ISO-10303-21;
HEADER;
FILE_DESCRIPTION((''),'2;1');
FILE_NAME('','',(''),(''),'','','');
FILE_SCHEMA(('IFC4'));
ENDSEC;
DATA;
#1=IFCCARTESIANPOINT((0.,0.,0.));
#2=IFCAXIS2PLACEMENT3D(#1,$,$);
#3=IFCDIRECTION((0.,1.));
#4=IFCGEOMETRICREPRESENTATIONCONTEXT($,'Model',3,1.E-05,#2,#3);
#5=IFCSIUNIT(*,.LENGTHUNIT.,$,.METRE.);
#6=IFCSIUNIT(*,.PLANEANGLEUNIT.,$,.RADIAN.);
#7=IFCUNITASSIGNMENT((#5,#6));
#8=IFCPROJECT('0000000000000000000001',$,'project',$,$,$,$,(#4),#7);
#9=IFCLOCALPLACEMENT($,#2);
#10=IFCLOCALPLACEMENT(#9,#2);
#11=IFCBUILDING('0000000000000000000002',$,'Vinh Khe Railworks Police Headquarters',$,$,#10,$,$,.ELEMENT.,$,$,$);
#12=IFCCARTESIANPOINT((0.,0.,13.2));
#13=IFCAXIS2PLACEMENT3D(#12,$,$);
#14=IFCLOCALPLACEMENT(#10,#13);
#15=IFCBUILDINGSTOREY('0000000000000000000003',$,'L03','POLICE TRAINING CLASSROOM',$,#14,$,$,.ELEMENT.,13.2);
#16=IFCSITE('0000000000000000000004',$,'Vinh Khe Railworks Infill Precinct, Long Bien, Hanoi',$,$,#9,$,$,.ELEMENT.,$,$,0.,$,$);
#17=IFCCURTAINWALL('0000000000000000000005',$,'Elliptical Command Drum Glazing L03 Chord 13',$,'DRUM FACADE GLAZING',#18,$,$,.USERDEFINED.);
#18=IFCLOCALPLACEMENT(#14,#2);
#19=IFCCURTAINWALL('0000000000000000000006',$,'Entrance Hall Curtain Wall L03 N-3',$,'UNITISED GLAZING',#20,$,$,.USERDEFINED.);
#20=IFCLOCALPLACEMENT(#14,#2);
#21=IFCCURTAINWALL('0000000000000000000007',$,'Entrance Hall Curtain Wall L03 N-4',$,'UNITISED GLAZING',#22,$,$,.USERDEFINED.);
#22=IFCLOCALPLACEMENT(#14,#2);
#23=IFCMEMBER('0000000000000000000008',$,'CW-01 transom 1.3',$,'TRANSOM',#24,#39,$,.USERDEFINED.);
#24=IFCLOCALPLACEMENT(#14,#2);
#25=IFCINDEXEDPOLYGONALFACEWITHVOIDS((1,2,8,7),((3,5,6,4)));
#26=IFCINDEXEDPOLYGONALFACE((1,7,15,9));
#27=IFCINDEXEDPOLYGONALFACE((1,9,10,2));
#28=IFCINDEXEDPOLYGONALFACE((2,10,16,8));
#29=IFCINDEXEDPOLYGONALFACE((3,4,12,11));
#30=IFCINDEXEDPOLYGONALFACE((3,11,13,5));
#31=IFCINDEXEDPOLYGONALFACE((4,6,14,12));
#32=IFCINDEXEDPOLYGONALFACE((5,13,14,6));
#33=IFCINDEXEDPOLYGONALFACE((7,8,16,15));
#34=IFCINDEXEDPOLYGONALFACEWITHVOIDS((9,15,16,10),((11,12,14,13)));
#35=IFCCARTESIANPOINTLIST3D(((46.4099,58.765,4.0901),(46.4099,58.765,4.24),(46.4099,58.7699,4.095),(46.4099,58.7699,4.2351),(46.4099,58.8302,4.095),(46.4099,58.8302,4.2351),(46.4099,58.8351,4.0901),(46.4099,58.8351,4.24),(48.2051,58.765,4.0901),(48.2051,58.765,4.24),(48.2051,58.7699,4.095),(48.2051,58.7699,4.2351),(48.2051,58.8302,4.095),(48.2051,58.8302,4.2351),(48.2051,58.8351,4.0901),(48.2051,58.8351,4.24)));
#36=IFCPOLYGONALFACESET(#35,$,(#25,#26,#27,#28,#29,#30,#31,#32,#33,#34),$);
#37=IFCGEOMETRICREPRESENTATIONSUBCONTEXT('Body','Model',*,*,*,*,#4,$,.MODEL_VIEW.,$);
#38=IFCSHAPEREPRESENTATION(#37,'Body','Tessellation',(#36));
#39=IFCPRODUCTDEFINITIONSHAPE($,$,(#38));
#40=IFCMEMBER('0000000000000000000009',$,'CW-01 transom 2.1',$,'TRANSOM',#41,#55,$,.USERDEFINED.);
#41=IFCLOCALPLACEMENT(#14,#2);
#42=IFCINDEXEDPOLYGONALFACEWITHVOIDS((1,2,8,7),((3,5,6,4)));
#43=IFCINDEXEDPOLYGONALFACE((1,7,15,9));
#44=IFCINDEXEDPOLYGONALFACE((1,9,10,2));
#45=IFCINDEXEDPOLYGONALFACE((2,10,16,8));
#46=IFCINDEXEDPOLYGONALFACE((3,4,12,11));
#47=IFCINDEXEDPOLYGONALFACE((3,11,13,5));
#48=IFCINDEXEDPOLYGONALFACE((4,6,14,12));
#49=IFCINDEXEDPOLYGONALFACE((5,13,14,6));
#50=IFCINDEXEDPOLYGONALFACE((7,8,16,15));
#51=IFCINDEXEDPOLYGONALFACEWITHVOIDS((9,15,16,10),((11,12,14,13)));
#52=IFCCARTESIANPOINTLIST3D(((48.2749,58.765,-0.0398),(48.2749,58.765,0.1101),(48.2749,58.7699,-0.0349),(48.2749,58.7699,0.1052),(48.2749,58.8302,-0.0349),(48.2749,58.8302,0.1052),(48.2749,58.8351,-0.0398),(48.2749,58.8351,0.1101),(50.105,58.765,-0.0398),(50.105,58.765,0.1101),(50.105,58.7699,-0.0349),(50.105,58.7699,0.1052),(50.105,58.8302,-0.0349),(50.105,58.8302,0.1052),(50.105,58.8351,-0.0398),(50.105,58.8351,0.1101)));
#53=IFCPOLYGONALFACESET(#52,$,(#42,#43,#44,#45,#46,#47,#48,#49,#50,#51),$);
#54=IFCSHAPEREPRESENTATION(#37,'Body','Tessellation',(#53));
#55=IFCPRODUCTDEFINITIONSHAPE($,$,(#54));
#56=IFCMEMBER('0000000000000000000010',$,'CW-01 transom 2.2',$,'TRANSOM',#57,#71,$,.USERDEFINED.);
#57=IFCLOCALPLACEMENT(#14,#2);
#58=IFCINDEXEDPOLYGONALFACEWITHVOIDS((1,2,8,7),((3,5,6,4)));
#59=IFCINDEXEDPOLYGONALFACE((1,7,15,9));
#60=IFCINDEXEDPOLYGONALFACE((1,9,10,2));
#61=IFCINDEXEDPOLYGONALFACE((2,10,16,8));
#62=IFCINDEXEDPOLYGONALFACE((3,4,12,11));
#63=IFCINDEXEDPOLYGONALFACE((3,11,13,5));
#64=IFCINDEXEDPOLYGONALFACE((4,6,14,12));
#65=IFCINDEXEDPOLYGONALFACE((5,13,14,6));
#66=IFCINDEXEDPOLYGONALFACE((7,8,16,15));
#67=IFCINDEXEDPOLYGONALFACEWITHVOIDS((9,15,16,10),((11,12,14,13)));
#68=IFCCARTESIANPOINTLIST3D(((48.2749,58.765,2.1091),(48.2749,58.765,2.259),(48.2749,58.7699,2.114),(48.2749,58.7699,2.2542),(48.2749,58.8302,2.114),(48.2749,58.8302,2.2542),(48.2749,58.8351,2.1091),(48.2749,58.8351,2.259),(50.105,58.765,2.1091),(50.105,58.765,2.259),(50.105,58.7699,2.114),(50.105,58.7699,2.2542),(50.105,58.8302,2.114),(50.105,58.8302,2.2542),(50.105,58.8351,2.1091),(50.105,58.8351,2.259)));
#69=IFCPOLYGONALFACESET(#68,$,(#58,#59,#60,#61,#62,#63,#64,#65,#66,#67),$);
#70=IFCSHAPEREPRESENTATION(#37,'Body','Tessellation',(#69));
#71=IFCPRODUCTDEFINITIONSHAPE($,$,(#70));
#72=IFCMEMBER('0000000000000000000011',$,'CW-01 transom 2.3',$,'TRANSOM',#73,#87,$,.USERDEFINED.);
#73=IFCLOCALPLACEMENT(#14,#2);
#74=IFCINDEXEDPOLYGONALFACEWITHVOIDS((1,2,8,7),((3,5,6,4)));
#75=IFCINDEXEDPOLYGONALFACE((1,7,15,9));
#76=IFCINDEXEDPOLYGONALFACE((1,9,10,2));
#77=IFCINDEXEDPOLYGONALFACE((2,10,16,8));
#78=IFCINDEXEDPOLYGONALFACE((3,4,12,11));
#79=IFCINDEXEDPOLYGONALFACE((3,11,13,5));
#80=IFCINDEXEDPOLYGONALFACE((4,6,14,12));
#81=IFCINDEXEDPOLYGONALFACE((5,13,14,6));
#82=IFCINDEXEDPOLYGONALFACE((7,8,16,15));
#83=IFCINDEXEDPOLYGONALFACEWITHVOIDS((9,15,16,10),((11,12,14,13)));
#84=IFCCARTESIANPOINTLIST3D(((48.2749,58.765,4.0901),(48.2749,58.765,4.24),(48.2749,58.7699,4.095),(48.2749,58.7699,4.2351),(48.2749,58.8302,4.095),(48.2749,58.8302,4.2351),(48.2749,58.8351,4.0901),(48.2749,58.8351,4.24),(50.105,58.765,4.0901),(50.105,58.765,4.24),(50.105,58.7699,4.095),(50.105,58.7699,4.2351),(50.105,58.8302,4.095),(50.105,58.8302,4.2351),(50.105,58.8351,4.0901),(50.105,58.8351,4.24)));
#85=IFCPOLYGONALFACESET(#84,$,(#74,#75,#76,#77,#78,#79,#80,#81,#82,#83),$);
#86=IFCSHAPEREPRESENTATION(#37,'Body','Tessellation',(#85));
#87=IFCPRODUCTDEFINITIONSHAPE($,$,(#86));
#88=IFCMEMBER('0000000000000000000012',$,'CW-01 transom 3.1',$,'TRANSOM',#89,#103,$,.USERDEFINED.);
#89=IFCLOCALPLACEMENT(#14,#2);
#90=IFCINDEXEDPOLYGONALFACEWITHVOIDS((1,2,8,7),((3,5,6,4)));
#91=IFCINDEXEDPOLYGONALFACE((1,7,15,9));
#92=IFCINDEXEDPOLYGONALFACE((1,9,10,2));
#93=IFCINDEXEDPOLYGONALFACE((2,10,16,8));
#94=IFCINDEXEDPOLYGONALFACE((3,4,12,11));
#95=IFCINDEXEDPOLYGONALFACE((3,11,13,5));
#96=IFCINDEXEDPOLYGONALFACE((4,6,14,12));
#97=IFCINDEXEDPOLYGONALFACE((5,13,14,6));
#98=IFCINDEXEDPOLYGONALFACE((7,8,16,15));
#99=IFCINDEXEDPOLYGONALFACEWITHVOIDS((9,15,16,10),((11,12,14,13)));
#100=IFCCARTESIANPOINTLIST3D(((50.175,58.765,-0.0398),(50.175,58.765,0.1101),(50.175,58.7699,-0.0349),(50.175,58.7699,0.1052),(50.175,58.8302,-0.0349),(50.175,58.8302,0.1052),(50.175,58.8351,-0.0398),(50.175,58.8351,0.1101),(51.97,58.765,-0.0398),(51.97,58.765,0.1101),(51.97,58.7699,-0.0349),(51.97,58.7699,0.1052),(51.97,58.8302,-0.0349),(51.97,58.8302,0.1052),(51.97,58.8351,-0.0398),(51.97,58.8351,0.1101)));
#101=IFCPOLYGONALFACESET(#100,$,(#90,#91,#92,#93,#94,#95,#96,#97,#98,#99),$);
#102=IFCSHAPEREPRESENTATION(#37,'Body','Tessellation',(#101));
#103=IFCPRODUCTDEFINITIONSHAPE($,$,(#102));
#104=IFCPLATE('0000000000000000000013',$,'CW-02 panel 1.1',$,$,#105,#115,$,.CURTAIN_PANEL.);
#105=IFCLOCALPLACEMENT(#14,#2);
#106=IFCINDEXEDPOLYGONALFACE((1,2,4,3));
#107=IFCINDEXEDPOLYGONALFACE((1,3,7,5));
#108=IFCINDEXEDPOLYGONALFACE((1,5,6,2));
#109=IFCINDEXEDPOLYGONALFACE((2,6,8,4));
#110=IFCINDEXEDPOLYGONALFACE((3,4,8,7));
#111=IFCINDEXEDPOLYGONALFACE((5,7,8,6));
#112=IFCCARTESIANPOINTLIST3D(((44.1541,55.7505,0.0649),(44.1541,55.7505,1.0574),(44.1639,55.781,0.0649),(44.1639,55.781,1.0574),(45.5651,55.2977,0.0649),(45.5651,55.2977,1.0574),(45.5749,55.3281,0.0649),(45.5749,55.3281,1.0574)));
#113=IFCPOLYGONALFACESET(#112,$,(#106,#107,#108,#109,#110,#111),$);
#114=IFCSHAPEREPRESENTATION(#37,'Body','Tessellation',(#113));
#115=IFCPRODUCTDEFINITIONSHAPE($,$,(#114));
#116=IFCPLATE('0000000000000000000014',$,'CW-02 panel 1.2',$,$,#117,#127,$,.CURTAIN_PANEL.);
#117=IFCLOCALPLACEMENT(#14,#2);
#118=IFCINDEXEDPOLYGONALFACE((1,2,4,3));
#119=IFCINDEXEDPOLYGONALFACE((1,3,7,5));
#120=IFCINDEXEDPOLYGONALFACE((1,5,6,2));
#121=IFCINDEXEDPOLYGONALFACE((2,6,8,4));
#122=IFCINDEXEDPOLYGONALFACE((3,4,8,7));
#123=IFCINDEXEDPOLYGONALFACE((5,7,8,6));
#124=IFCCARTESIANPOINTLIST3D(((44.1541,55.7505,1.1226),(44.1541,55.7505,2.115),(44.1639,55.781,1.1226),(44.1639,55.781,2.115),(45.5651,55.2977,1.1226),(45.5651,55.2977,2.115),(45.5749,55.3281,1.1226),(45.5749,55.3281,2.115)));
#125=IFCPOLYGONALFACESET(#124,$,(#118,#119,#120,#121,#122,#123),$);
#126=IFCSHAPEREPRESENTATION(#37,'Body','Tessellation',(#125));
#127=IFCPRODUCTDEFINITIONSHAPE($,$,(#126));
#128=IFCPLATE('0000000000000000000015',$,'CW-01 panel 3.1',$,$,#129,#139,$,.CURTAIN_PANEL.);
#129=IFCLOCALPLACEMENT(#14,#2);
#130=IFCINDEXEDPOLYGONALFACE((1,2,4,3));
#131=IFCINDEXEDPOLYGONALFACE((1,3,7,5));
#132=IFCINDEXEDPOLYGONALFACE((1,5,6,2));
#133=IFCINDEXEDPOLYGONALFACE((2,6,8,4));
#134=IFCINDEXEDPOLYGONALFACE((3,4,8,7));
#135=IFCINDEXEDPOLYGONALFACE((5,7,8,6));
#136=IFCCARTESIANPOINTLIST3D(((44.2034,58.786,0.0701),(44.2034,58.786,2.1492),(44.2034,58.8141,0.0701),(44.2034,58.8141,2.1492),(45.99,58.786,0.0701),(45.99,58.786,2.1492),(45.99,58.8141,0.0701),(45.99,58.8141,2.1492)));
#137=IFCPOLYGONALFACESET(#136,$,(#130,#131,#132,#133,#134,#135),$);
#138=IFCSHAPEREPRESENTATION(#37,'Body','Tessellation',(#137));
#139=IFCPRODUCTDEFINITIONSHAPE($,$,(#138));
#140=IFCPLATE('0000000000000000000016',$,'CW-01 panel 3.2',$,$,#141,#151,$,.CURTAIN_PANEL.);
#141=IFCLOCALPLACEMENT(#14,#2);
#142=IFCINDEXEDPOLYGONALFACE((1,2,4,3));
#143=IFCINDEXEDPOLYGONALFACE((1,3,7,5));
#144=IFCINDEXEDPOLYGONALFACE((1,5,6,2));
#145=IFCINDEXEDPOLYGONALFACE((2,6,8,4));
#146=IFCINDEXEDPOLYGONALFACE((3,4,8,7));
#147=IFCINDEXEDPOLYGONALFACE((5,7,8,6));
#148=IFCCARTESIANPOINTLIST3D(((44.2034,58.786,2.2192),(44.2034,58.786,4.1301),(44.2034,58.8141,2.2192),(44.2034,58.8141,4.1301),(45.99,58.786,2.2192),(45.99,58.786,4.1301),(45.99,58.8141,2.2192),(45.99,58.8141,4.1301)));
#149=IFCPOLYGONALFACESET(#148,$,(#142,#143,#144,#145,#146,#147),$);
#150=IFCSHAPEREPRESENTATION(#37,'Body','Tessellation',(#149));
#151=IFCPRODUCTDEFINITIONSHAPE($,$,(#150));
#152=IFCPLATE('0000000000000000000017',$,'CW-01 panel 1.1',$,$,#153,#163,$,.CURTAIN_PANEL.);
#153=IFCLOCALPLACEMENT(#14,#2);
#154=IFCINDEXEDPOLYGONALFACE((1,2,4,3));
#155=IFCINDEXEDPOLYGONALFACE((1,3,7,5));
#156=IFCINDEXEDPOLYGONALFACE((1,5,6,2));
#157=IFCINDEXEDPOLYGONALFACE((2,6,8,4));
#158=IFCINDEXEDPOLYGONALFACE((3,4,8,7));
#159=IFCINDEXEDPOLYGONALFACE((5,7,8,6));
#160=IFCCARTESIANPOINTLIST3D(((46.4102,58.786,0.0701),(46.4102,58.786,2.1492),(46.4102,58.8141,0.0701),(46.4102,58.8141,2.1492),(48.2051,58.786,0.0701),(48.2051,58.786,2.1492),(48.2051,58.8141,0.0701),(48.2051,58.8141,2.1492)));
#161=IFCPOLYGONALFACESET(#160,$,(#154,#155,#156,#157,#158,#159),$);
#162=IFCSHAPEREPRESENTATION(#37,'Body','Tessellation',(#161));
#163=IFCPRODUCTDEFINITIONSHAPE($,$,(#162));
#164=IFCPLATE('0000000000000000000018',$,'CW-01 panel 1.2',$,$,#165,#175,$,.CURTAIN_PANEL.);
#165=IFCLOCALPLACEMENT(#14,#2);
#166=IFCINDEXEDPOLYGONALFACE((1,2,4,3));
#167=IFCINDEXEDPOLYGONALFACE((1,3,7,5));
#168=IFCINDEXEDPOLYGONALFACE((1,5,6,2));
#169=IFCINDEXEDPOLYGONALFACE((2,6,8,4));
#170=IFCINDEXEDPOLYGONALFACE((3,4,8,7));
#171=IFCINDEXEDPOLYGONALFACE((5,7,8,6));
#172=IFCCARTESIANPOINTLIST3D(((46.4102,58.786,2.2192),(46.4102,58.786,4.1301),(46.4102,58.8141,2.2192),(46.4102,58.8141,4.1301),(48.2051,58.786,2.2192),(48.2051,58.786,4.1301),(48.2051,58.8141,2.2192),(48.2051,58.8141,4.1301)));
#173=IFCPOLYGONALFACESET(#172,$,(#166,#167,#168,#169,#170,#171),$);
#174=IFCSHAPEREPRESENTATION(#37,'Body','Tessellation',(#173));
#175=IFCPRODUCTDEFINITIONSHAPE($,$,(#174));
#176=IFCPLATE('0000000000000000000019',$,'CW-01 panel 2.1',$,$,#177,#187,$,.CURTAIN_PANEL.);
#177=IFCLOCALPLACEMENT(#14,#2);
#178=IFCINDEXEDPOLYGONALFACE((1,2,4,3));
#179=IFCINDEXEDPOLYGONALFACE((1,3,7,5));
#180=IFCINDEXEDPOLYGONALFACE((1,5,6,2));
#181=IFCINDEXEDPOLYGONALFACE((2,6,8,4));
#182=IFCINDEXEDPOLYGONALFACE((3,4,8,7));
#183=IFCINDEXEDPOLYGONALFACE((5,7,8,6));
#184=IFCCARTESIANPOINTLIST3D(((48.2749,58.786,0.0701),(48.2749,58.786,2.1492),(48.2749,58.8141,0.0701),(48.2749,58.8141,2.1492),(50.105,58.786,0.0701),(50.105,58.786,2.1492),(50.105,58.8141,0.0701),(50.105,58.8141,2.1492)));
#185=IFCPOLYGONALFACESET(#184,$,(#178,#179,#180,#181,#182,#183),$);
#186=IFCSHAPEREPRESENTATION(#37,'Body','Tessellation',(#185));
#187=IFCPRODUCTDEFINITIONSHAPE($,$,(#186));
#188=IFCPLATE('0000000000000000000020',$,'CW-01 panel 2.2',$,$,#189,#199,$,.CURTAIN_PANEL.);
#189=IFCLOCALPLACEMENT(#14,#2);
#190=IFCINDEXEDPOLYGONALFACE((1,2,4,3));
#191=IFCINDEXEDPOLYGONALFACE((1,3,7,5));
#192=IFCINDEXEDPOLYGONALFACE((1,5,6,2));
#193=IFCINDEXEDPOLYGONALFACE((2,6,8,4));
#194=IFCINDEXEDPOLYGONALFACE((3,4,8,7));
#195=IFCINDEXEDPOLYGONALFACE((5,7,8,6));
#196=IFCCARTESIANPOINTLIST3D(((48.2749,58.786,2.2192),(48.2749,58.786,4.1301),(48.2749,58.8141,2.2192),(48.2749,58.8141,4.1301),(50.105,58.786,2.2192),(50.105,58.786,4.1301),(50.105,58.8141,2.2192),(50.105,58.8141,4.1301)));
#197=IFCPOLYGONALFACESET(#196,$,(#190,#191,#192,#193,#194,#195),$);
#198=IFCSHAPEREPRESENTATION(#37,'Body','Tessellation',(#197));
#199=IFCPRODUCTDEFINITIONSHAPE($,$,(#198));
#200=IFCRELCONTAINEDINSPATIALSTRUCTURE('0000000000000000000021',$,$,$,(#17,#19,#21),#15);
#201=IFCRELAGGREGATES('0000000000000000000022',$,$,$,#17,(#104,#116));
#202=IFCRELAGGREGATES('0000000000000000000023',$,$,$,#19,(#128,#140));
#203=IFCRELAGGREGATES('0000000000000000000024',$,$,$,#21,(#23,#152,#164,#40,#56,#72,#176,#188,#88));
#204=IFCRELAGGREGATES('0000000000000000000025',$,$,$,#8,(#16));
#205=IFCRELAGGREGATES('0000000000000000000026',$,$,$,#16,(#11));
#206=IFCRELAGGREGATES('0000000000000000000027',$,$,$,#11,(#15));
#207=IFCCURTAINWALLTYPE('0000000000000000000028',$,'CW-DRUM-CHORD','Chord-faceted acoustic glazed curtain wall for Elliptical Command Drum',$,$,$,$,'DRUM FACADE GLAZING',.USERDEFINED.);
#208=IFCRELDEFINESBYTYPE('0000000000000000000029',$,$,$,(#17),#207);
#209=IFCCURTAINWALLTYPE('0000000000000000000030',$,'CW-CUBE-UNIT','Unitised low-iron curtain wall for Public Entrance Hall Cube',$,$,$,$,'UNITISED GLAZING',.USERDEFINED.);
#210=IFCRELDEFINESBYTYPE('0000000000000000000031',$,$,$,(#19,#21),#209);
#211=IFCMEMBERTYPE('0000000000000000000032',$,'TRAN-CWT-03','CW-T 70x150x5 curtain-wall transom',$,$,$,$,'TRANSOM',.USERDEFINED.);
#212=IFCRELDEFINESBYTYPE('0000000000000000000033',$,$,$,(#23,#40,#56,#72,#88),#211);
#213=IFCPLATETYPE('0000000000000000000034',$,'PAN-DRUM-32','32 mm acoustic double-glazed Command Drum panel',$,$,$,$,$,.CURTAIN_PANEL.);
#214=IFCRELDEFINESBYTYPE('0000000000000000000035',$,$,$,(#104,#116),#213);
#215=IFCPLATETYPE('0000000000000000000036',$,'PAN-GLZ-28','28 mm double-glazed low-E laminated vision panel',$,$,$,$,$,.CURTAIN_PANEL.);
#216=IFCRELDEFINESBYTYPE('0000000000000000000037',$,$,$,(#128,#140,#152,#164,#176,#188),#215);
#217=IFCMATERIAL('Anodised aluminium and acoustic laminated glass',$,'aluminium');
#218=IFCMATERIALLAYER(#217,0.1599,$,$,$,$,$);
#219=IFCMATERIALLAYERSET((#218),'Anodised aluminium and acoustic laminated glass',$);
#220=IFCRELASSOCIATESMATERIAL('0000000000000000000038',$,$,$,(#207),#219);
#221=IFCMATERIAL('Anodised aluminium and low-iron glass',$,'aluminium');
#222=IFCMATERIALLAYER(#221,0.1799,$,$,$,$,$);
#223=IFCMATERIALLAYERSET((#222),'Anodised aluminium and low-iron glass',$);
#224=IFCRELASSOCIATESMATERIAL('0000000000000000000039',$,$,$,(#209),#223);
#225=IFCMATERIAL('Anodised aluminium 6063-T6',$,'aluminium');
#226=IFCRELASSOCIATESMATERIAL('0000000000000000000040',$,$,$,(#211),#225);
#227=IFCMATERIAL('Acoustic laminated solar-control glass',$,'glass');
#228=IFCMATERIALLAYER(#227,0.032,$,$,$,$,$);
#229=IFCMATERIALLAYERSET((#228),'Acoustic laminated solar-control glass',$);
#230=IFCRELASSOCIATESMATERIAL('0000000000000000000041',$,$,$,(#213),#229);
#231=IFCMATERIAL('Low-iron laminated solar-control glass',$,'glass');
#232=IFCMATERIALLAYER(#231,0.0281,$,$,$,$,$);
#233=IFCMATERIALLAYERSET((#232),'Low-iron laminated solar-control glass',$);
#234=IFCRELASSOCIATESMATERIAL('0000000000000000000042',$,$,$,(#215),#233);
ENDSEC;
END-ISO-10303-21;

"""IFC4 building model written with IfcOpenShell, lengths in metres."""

from ifc_helpers import new_model, si_unit, direction, frame, origin, origin_2d, place, context, subcontext, project, spatial, rectangle, hollow_rectangle, extrude, material, layer, layer_set, material_profile, profile_set, type_object, element, aggregate, save


model = new_model("IFC4")

# Units and contexts
model_context = context("Model", 3, precision=1e-05, world=origin(), true_north=direction((0.0, 1.0)))
body_context = subcontext(model_context, "Body", "Model", "MODEL_VIEW")
ifc_project = project(units=[si_unit("LENGTHUNIT", "METRE"), si_unit("PLANEANGLEUNIT", "RADIAN")], contexts=[model_context])

# Site, building, storey
site_placement = place(None, origin())
site = spatial("IfcSite", under=ifc_project, at=site_placement, Name="Vinh Khe Railworks Infill Precinct, Long Bien, Hanoi", CompositionType="ELEMENT", RefElevation=0.0)
building_placement = place(site_placement, origin())
building = spatial("IfcBuilding", under=site, at=building_placement, Name="Vinh Khe Railworks Police Headquarters", CompositionType="ELEMENT")
storey_placement = place(building_placement, frame((0.0, 0.0, 13.2)))
storey = spatial("IfcBuildingStorey", under=building, at=storey_placement, Name="L03", Description="POLICE TRAINING CLASSROOM", CompositionType="ELEMENT", Elevation=13.2)

# Curtain wall
ifc_material_1 = material(Name="Anodised aluminium and acoustic laminated glass", Category="aluminium")
ifc_layer_1 = layer(ifc_material_1, 0.1599)
ifc_layer_set_1 = layer_set([ifc_layer_1], Name="Anodised aluminium and acoustic laminated glass")
curtain_wall_type_1 = type_object("IfcCurtainWallType", Name="CW-DRUM-CHORD", Description="Chord-faceted acoustic glazed curtain wall for Elliptical Command Drum", ElementType="DRUM FACADE GLAZING", PredefinedType="USERDEFINED", material=ifc_layer_set_1)
curtain_wall_1_placement = place(storey_placement, origin())
curtain_wall_1 = element("IfcCurtainWall", 1, at=curtain_wall_1_placement, inside=storey, type_object=curtain_wall_type_1, Name="Elliptical Command Drum Glazing L03 Chord 13", ObjectType="DRUM FACADE GLAZING", PredefinedType="USERDEFINED")
ifc_material_2 = material(Name="Anodised aluminium 6063-T6", Category="aluminium")

# Curtain walls
ifc_material_3 = material(Name="Anodised aluminium and low-iron glass", Category="aluminium")
ifc_layer_2 = layer(ifc_material_3, 0.1799)
ifc_layer_set_2 = layer_set([ifc_layer_2], Name="Anodised aluminium and low-iron glass")
curtain_wall_type_2 = type_object("IfcCurtainWallType", Name="CW-CUBE-UNIT", Description="Unitised low-iron curtain wall for Public Entrance Hall Cube", ElementType="UNITISED GLAZING", PredefinedType="USERDEFINED", material=ifc_layer_set_2)
curtain_wall_2_placement = place(storey_placement, origin())
curtain_wall_2 = element("IfcCurtainWall", 2, at=curtain_wall_2_placement, inside=storey, type_object=curtain_wall_type_2, Name="Entrance Hall Curtain Wall L03 N-3", ObjectType="UNITISED GLAZING", PredefinedType="USERDEFINED")
curtain_wall_3_placement = place(storey_placement, origin())
curtain_wall_3 = element("IfcCurtainWall", 3, at=curtain_wall_3_placement, inside=storey, type_object=curtain_wall_type_2, Name="Entrance Hall Curtain Wall L03 N-4", ObjectType="UNITISED GLAZING", PredefinedType="USERDEFINED")

# Members
ifc_material_profile_1 = material_profile(ifc_material_2, hollow_rectangle(XDim=0.0701, YDim=0.1499, WallThickness=0.0049, at=origin_2d()), Name="CW-T 70x150x5")
ifc_profile_set_1 = profile_set([ifc_material_profile_1], Name="Anodised aluminium 6063-T6")
member_type_1 = type_object("IfcMemberType", Name="TRAN-CWT-03", Description="CW-T 70x150x5 curtain-wall transom", ElementType="TRANSOM", PredefinedType="USERDEFINED", material=ifc_profile_set_1)
member_1_placement = place(storey_placement, frame((46.4099, 58.8, 4.165), z_axis=(1.0, 0.0, 0.0), x_axis=(0.0, 1.0, 0.0)))
member_1 = element("IfcMember", 4, at=member_1_placement, type_object=member_type_1, Name="CW-01 transom 1.3", ObjectType="TRANSOM", PredefinedType="USERDEFINED", context=body_context, shape_type="SweptSolid", body=[
    extrude(hollow_rectangle(XDim=0.0701, YDim=0.1499, WallThickness=0.0049, at=origin_2d()), origin(), (0.0, 0.0, 1.0), 1.7952),
])
member_2_placement = place(storey_placement, frame((48.2749, 58.8, 0.0352), z_axis=(1.0, 0.0, 0.0), x_axis=(0.0, 1.0, 0.0)))
member_2 = element("IfcMember", 5, at=member_2_placement, type_object=member_type_1, Name="CW-01 transom 2.1", ObjectType="TRANSOM", PredefinedType="USERDEFINED", context=body_context, shape_type="SweptSolid", body=[
    extrude(hollow_rectangle(XDim=0.0701, YDim=0.1499, WallThickness=0.0049, at=origin_2d()), origin(), (0.0, 0.0, 1.0), 1.8301),
])
member_3_placement = place(storey_placement, frame((48.2749, 58.8, 2.1841), z_axis=(1.0, 0.0, 0.0), x_axis=(0.0, 1.0, 0.0)))
member_3 = element("IfcMember", 6, at=member_3_placement, type_object=member_type_1, Name="CW-01 transom 2.2", ObjectType="TRANSOM", PredefinedType="USERDEFINED", context=body_context, shape_type="SweptSolid", body=[
    extrude(hollow_rectangle(XDim=0.0701, YDim=0.1499, WallThickness=0.0049, at=origin_2d()), origin(), (0.0, 0.0, 1.0), 1.8301),
])
member_4_placement = place(storey_placement, frame((48.2749, 58.8, 4.165), z_axis=(1.0, 0.0, 0.0), x_axis=(0.0, 1.0, 0.0)))
member_4 = element("IfcMember", 7, at=member_4_placement, type_object=member_type_1, Name="CW-01 transom 2.3", ObjectType="TRANSOM", PredefinedType="USERDEFINED", context=body_context, shape_type="SweptSolid", body=[
    extrude(hollow_rectangle(XDim=0.0701, YDim=0.1499, WallThickness=0.0049, at=origin_2d()), origin(), (0.0, 0.0, 1.0), 1.8301),
])
member_5_placement = place(storey_placement, frame((50.175, 58.8, 0.0352), z_axis=(1.0, 0.0, 0.0), x_axis=(0.0, 1.0, 0.0)))
member_5 = element("IfcMember", 8, at=member_5_placement, type_object=member_type_1, Name="CW-01 transom 3.1", ObjectType="TRANSOM", PredefinedType="USERDEFINED", context=body_context, shape_type="SweptSolid", body=[
    extrude(hollow_rectangle(XDim=0.0701, YDim=0.1499, WallThickness=0.0049, at=origin_2d()), origin(), (0.0, 0.0, 1.0), 1.7949),
])

# Plates
ifc_material_4 = material(Name="Acoustic laminated solar-control glass", Category="glass")
ifc_layer_3 = layer(ifc_material_4, 0.032)
ifc_layer_set_3 = layer_set([ifc_layer_3], Name="Acoustic laminated solar-control glass")
plate_type_1 = type_object("IfcPlateType", Name="PAN-DRUM-32", Description="32 mm acoustic double-glazed Command Drum panel", PredefinedType="CURTAIN_PANEL", material=ifc_layer_set_3)
plate_1_placement = place(storey_placement, frame((44.8645, 55.5393, 0.0649), z_axis=(0.0, 0.0, 1.0), x_axis=(-0.952167, 0.305579, 0.0)))
plate_1 = element("IfcPlate", 9, at=plate_1_placement, type_object=plate_type_1, Name="CW-02 panel 1.1", PredefinedType="CURTAIN_PANEL", context=body_context, shape_type="SweptSolid", body=[
    extrude(rectangle(XDim=1.4819, YDim=0.032, at=origin_2d()), origin(), (0.0, 0.0, 1.0), 0.9924),
])
plate_2_placement = place(storey_placement, frame((44.8645, 55.5393, 1.1226), z_axis=(0.0, 0.0, 1.0), x_axis=(-0.952167, 0.305579, 0.0)))
plate_2 = element("IfcPlate", 10, at=plate_2_placement, type_object=plate_type_1, Name="CW-02 panel 1.2", PredefinedType="CURTAIN_PANEL", context=body_context, shape_type="SweptSolid", body=[
    extrude(rectangle(XDim=1.4819, YDim=0.032, at=origin_2d()), origin(), (0.0, 0.0, 1.0), 0.9924),
])
aggregate(curtain_wall_1, [plate_1, plate_2])
ifc_material_5 = material(Name="Low-iron laminated solar-control glass", Category="glass")
ifc_layer_4 = layer(ifc_material_5, 0.0281)
ifc_layer_set_4 = layer_set([ifc_layer_4], Name="Low-iron laminated solar-control glass")
plate_type_2 = type_object("IfcPlateType", Name="PAN-GLZ-28", Description="28 mm double-glazed low-E laminated vision panel", PredefinedType="CURTAIN_PANEL", material=ifc_layer_set_4)
plate_3_placement = place(storey_placement, frame((45.0967, 58.8, 0.0701), z_axis=(0.0, 0.0, 1.0), x_axis=(1.0, 0.0, 0.0)))
plate_3 = element("IfcPlate", 11, at=plate_3_placement, type_object=plate_type_2, Name="CW-01 panel 3.1", PredefinedType="CURTAIN_PANEL", context=body_context, shape_type="SweptSolid", body=[
    extrude(rectangle(XDim=1.7866, YDim=0.0281, at=origin_2d()), origin(), (0.0, 0.0, 1.0), 2.0791),
])
plate_4_placement = place(storey_placement, frame((45.0967, 58.8, 2.2192), z_axis=(0.0, 0.0, 1.0), x_axis=(1.0, 0.0, 0.0)))
plate_4 = element("IfcPlate", 12, at=plate_4_placement, type_object=plate_type_2, Name="CW-01 panel 3.2", PredefinedType="CURTAIN_PANEL", context=body_context, shape_type="SweptSolid", body=[
    extrude(rectangle(XDim=1.7866, YDim=0.0281, at=origin_2d()), origin(), (0.0, 0.0, 1.0), 1.9109),
])
aggregate(curtain_wall_2, [plate_3, plate_4])
plate_5_placement = place(storey_placement, frame((47.3076, 58.8, 0.0701), z_axis=(0.0, 0.0, 1.0), x_axis=(1.0, 0.0, 0.0)))
plate_5 = element("IfcPlate", 13, at=plate_5_placement, type_object=plate_type_2, Name="CW-01 panel 1.1", PredefinedType="CURTAIN_PANEL", context=body_context, shape_type="SweptSolid", body=[
    extrude(rectangle(XDim=1.7949, YDim=0.0281, at=origin_2d()), origin(), (0.0, 0.0, 1.0), 2.0791),
])
plate_6_placement = place(storey_placement, frame((47.3076, 58.8, 2.2192), z_axis=(0.0, 0.0, 1.0), x_axis=(1.0, 0.0, 0.0)))
plate_6 = element("IfcPlate", 14, at=plate_6_placement, type_object=plate_type_2, Name="CW-01 panel 1.2", PredefinedType="CURTAIN_PANEL", context=body_context, shape_type="SweptSolid", body=[
    extrude(rectangle(XDim=1.7949, YDim=0.0281, at=origin_2d()), origin(), (0.0, 0.0, 1.0), 1.9109),
])
plate_7_placement = place(storey_placement, frame((49.1899, 58.8, 0.0701), z_axis=(0.0, 0.0, 1.0), x_axis=(1.0, 0.0, 0.0)))
plate_7 = element("IfcPlate", 15, at=plate_7_placement, type_object=plate_type_2, Name="CW-01 panel 2.1", PredefinedType="CURTAIN_PANEL", context=body_context, shape_type="SweptSolid", body=[
    extrude(rectangle(XDim=1.8301, YDim=0.0281, at=origin_2d()), origin(), (0.0, 0.0, 1.0), 2.0791),
])
plate_8_placement = place(storey_placement, frame((49.1899, 58.8, 2.2192), z_axis=(0.0, 0.0, 1.0), x_axis=(1.0, 0.0, 0.0)))
plate_8 = element("IfcPlate", 16, at=plate_8_placement, type_object=plate_type_2, Name="CW-01 panel 2.2", PredefinedType="CURTAIN_PANEL", context=body_context, shape_type="SweptSolid", body=[
    extrude(rectangle(XDim=1.8301, YDim=0.0281, at=origin_2d()), origin(), (0.0, 0.0, 1.0), 1.9109),
])
aggregate(curtain_wall_3, [member_1, plate_5, plate_6, member_2, member_3, member_4, plate_7, plate_8, member_5])

save(model, "model.ifc")
